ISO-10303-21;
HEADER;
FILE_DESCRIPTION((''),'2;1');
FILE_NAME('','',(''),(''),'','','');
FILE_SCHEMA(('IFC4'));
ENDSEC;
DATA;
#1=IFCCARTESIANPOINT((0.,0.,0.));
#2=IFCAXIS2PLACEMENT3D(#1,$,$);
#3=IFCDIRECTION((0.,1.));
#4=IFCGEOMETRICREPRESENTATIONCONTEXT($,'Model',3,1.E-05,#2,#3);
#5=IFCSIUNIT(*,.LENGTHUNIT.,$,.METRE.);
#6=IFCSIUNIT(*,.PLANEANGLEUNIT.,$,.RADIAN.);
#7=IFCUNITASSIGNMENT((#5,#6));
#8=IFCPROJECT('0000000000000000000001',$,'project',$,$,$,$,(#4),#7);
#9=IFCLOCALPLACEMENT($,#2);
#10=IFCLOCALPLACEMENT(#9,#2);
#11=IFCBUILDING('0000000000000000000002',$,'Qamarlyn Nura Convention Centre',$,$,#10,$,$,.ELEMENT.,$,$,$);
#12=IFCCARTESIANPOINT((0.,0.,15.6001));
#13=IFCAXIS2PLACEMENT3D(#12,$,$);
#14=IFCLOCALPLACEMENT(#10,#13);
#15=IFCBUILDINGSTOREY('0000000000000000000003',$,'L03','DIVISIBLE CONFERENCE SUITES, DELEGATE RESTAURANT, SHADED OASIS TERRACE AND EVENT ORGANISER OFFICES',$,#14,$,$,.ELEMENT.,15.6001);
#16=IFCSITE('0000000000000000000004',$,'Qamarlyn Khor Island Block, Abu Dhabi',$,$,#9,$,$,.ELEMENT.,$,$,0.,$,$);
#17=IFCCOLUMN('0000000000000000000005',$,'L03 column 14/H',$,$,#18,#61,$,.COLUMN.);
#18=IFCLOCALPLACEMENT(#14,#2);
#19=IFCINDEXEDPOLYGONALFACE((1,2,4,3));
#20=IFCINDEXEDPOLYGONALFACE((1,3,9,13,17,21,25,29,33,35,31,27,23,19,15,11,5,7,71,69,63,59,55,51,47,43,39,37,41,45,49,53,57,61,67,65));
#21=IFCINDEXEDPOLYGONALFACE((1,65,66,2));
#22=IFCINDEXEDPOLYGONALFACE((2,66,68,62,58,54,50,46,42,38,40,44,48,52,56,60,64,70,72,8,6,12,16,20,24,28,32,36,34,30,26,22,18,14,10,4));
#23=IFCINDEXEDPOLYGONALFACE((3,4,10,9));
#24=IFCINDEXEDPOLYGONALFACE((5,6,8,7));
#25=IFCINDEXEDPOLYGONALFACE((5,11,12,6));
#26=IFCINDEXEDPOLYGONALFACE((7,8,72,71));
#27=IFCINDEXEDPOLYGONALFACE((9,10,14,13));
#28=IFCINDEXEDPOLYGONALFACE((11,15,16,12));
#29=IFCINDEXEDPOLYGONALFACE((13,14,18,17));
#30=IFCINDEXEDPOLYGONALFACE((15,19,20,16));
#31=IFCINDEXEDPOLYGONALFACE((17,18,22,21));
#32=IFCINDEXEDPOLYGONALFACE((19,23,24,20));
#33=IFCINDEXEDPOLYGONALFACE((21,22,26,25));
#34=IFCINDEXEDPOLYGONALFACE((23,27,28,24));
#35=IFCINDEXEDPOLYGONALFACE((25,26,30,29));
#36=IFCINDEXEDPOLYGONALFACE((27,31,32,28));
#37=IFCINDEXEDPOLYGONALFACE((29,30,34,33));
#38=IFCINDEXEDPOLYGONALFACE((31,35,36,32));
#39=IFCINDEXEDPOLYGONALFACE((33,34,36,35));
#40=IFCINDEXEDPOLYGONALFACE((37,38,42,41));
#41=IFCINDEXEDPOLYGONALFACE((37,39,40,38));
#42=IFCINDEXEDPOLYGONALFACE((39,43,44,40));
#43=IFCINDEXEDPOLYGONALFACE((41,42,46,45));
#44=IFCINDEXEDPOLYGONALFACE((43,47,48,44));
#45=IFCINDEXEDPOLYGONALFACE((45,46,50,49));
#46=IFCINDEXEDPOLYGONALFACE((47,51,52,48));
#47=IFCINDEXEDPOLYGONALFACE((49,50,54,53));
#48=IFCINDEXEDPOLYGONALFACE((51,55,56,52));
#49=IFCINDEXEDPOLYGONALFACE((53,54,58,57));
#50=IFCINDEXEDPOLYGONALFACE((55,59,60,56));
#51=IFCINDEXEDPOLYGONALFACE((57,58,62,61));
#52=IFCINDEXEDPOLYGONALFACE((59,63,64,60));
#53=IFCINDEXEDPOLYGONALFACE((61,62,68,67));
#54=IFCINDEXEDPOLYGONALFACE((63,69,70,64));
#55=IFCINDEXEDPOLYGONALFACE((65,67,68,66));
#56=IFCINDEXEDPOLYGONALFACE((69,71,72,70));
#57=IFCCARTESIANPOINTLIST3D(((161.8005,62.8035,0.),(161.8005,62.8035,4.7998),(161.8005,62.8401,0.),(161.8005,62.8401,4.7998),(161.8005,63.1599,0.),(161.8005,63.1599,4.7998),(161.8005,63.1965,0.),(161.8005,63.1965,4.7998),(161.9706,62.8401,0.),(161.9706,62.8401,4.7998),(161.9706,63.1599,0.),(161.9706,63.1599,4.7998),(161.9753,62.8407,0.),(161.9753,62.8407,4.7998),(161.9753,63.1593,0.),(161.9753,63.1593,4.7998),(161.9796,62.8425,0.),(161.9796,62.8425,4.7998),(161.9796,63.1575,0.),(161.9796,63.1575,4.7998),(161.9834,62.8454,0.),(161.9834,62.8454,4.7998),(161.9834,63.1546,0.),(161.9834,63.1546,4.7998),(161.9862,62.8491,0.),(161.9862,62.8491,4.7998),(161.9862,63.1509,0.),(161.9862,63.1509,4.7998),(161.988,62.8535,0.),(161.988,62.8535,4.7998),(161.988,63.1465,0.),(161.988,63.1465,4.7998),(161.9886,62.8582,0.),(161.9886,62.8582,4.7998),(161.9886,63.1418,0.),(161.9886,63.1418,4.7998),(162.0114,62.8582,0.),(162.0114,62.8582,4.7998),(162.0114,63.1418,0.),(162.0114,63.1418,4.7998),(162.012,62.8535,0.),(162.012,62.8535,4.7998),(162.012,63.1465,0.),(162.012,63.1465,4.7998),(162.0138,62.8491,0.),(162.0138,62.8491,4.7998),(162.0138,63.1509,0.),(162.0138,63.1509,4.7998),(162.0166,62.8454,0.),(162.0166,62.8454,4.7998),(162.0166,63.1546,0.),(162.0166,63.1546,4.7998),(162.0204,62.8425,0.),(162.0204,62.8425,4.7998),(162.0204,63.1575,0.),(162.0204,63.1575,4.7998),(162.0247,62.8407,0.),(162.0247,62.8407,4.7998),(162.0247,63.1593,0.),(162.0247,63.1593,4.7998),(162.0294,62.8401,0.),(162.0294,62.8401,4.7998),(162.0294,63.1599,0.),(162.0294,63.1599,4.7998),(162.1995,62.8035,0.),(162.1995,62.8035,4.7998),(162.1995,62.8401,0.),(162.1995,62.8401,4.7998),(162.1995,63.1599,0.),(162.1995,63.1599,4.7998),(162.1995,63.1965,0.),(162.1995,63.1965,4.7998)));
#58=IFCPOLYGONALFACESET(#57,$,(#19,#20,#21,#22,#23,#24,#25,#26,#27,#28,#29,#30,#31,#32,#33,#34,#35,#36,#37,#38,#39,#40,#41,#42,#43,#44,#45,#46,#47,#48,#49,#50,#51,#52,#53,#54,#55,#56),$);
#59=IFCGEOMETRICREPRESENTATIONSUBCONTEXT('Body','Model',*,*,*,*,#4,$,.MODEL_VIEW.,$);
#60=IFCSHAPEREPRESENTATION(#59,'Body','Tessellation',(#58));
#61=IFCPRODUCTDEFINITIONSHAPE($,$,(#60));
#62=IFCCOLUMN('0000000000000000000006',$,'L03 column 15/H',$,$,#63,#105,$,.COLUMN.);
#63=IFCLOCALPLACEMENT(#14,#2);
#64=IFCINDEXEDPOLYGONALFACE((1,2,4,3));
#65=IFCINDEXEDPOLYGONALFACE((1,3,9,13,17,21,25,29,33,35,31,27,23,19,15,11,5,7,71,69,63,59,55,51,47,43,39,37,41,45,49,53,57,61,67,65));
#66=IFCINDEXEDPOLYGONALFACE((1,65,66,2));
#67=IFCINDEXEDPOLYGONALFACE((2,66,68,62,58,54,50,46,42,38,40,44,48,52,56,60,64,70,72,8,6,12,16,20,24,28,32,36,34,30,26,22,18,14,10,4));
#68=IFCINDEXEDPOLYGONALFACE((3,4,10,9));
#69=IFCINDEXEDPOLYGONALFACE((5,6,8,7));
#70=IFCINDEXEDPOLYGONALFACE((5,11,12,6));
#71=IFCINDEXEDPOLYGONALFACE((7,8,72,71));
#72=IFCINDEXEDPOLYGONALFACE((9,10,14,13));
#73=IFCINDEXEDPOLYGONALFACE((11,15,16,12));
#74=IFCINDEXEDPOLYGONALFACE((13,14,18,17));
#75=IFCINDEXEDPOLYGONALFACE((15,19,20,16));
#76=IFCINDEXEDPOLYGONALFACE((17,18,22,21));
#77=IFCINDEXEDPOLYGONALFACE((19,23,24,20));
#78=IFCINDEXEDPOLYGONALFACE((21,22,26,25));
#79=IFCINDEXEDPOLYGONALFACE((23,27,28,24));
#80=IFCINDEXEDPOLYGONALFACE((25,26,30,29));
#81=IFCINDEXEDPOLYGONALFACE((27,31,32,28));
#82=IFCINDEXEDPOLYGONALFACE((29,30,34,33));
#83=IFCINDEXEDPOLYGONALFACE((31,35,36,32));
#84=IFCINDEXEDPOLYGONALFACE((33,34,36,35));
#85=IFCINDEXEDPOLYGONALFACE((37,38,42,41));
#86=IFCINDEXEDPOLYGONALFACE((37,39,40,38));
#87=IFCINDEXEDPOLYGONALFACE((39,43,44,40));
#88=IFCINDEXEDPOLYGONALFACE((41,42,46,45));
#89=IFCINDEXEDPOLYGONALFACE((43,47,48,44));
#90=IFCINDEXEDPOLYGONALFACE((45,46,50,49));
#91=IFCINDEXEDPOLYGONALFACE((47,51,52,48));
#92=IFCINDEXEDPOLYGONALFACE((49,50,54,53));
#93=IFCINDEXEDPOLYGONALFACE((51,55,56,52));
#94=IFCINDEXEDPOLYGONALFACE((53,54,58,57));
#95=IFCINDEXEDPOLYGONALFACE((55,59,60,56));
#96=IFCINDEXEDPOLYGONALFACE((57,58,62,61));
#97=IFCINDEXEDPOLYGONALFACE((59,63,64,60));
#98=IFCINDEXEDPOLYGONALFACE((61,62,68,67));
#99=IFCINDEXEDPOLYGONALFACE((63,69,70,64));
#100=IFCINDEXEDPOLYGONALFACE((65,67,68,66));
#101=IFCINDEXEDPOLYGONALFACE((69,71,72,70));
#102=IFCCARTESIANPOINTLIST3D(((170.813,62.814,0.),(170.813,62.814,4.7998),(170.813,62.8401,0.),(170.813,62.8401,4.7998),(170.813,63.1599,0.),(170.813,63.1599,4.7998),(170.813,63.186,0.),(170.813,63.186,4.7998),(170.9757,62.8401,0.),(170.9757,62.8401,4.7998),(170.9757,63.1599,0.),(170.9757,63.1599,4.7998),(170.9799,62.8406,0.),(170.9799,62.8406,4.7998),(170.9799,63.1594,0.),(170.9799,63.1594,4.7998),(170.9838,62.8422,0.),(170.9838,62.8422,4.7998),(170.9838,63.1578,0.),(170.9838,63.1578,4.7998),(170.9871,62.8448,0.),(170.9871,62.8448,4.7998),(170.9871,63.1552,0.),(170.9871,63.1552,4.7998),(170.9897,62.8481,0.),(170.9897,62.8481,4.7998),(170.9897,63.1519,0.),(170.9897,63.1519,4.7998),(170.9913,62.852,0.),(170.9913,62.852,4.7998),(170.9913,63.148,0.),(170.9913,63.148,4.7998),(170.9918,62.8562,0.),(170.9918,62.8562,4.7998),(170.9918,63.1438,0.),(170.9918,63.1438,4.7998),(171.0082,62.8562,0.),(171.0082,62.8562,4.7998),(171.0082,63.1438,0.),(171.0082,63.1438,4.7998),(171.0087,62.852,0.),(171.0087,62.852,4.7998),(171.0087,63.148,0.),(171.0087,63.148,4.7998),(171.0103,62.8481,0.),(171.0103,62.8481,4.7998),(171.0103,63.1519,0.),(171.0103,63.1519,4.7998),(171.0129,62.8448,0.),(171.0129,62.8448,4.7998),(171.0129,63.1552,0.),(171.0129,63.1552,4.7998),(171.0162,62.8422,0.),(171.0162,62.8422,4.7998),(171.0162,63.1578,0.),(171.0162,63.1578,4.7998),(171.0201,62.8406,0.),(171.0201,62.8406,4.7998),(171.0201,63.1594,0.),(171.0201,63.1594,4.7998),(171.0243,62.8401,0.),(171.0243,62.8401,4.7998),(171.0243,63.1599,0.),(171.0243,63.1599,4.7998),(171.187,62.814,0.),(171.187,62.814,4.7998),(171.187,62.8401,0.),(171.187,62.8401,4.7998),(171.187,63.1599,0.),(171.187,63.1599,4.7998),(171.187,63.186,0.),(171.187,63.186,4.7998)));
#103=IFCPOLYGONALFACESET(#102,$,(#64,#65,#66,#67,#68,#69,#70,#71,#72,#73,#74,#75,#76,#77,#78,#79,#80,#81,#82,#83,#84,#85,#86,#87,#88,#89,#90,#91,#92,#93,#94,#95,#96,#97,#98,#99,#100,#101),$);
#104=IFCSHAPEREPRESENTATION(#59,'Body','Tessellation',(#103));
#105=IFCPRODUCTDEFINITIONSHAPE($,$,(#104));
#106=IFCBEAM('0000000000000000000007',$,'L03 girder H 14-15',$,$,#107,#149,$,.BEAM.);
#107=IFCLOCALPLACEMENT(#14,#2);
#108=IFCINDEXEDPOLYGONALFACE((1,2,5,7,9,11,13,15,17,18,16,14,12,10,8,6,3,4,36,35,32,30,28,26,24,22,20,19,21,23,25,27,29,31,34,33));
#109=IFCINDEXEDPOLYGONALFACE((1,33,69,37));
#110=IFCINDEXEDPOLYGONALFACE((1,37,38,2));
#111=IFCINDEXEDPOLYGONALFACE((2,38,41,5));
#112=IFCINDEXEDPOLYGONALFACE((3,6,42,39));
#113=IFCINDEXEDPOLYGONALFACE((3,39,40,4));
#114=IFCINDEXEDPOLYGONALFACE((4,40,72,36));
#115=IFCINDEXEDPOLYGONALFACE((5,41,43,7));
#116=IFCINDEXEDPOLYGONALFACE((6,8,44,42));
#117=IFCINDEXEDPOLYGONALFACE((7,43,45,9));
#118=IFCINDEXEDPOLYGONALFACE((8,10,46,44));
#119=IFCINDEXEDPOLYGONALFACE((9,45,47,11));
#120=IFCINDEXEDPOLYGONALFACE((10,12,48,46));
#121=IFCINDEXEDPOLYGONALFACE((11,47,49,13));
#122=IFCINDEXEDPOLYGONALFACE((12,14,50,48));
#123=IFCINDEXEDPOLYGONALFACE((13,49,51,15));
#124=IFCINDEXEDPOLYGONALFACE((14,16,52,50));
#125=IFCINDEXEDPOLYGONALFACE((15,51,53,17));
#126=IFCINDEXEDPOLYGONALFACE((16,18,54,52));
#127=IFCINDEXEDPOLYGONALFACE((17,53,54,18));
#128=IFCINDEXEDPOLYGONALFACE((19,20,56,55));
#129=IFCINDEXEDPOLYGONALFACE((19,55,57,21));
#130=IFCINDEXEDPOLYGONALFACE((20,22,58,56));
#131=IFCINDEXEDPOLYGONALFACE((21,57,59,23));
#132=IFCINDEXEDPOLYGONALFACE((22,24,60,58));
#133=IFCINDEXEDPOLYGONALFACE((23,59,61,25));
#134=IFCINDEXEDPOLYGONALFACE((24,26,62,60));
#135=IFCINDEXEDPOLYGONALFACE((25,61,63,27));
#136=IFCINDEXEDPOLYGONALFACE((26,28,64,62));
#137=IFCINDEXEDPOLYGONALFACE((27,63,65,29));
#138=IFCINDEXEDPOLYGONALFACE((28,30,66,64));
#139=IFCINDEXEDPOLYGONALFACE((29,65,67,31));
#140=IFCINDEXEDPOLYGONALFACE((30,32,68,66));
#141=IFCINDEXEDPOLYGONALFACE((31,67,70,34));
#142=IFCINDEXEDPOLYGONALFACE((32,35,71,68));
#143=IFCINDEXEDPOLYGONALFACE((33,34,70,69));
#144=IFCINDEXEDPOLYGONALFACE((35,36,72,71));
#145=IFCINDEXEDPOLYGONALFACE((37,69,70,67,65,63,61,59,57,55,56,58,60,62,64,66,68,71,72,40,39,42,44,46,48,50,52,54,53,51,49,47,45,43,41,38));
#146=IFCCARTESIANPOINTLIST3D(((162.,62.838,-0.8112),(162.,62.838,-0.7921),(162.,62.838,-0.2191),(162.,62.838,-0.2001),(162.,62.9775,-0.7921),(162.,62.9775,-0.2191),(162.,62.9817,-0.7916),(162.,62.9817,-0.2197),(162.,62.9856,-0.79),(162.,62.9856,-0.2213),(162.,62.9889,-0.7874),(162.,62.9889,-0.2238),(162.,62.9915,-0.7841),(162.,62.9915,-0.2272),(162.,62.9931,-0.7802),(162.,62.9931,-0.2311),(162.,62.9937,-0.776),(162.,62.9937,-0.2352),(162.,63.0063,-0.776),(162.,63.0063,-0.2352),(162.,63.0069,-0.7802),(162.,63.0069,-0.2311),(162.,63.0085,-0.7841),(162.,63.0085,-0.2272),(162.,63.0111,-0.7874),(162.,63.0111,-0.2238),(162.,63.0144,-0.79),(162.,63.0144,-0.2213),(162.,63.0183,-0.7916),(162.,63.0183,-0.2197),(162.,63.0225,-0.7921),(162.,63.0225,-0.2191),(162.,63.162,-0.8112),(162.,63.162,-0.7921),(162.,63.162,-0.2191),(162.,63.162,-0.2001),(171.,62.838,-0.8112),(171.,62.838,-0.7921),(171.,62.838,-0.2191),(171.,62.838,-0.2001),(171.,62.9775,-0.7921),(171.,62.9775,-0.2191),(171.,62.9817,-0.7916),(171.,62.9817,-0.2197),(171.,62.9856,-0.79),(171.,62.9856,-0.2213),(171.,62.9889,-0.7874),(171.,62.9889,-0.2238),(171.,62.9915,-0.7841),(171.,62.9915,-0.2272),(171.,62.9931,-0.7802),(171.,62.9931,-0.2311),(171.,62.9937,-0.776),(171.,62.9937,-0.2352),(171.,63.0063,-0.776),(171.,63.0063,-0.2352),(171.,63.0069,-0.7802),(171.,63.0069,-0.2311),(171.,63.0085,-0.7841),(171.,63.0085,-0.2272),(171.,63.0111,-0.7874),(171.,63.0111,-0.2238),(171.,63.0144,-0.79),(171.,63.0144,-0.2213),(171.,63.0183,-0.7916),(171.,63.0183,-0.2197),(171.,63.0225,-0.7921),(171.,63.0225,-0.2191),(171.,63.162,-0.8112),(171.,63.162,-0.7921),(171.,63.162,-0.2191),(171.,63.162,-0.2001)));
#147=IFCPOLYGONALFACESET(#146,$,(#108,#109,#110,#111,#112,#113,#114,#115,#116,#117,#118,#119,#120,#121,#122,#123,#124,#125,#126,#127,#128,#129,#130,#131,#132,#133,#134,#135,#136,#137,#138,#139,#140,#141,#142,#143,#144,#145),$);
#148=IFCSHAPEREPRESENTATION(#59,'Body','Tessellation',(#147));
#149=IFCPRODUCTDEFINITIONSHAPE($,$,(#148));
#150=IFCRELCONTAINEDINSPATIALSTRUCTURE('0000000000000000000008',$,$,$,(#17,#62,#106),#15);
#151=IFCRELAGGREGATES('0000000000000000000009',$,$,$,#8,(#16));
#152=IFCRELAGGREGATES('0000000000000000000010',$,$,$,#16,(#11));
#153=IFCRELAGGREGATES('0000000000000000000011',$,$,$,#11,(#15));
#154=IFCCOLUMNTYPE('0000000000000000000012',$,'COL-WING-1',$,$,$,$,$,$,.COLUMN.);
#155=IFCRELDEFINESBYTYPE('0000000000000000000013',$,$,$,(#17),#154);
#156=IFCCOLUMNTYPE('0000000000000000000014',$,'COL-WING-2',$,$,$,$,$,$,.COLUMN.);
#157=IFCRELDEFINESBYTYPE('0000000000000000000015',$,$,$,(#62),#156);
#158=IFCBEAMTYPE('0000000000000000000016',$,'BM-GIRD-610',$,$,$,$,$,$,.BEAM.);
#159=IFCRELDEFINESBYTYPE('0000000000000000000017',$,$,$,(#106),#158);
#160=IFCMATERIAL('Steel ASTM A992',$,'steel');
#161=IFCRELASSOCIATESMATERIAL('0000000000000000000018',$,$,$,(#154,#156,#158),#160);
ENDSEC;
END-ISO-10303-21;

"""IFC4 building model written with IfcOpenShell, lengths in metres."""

from ifc_helpers import new_model, si_unit, direction, frame, origin, origin_2d, place, context, subcontext, project, spatial, i_section, extrude, material, material_profile, profile_set, type_object, element, save


model = new_model("IFC4")

# Units and contexts
model_context = context("Model", 3, precision=1e-05, world=origin(), true_north=direction((0.0, 1.0)))
body_context = subcontext(model_context, "Body", "Model", "MODEL_VIEW")
ifc_project = project(units=[si_unit("LENGTHUNIT", "METRE"), si_unit("PLANEANGLEUNIT", "RADIAN")], contexts=[model_context])

# Site, building, storey
site_placement = place(None, origin())
site = spatial("IfcSite", under=ifc_project, at=site_placement, Name="Qamarlyn Khor Island Block, Abu Dhabi", CompositionType="ELEMENT", RefElevation=0.0)
building_placement = place(site_placement, origin())
building = spatial("IfcBuilding", under=site, at=building_placement, Name="Qamarlyn Nura Convention Centre", CompositionType="ELEMENT")
storey_placement = place(building_placement, frame((0.0, 0.0, 15.6001)))
storey = spatial("IfcBuildingStorey", under=building, at=storey_placement, Name="L03", Description="DIVISIBLE CONFERENCE SUITES, DELEGATE RESTAURANT, SHADED OASIS TERRACE AND EVENT ORGANISER OFFICES", CompositionType="ELEMENT", Elevation=15.6001)

# Columns
ifc_material_1 = material(Name="Steel ASTM A992", Category="steel")
ifc_material_profile_1 = material_profile(ifc_material_1, i_section(OverallWidth=0.3989, OverallDepth=0.3931, WebThickness=0.0227, FlangeThickness=0.0366, FilletRadius=0.0181, at=origin_2d()), Name="W360X287")
ifc_profile_set_1 = profile_set([ifc_material_profile_1], Name="Steel ASTM A992")
column_type_1 = type_object("IfcColumnType", Name="COL-WING-1", PredefinedType="COLUMN", material=ifc_profile_set_1)
column_1_placement = place(storey_placement, frame((162.0, 63.0, 0.0), z_axis=(0.0, 0.0, 1.0), x_axis=(1.0, 0.0, 0.0)))
element("IfcColumn", 1, at=column_1_placement, inside=storey, type_object=column_type_1, Name="L03 column 14/H", PredefinedType="COLUMN", context=body_context, shape_type="SweptSolid", body=[
    extrude(i_section(OverallWidth=0.3989, OverallDepth=0.3931, WebThickness=0.0227, FlangeThickness=0.0366, FilletRadius=0.0181, at=origin_2d()), origin(), (0.0, 0.0, 1.0), 4.7998),
])
ifc_material_profile_2 = material_profile(ifc_material_1, i_section(OverallWidth=0.374, OverallDepth=0.3721, WebThickness=0.0164, FlangeThickness=0.0261, FilletRadius=0.0161, at=origin_2d()), Name="W360X196")
ifc_profile_set_2 = profile_set([ifc_material_profile_2], Name="Steel ASTM A992")
column_type_2 = type_object("IfcColumnType", Name="COL-WING-2", PredefinedType="COLUMN", material=ifc_profile_set_2)
column_2_placement = place(storey_placement, frame((171.0, 63.0, 0.0), z_axis=(0.0, 0.0, 1.0), x_axis=(1.0, 0.0, 0.0)))
element("IfcColumn", 2, at=column_2_placement, inside=storey, type_object=column_type_2, Name="L03 column 15/H", PredefinedType="COLUMN", context=body_context, shape_type="SweptSolid", body=[
    extrude(i_section(OverallWidth=0.374, OverallDepth=0.3721, WebThickness=0.0164, FlangeThickness=0.0261, FilletRadius=0.0161, at=origin_2d()), origin(), (0.0, 0.0, 1.0), 4.7998),
])

# Beam
ifc_material_profile_3 = material_profile(ifc_material_1, i_section(OverallWidth=0.324, OverallDepth=0.6111, WebThickness=0.0127, FlangeThickness=0.019, FilletRadius=0.0161, at=origin_2d()), Name="W610X155")
ifc_profile_set_3 = profile_set([ifc_material_profile_3], Name="Steel ASTM A992")
beam_type_1 = type_object("IfcBeamType", Name="BM-GIRD-610", PredefinedType="BEAM", material=ifc_profile_set_3)
beam_placement = place(storey_placement, frame((162.0, 63.0, -0.5056), z_axis=(1.0, 0.0, 0.0), x_axis=(0.0, 1.0, 0.0)))
element("IfcBeam", 3, at=beam_placement, inside=storey, type_object=beam_type_1, Name="L03 girder H 14-15", PredefinedType="BEAM", context=body_context, shape_type="SweptSolid", body=[
    extrude(i_section(OverallWidth=0.324, OverallDepth=0.6111, WebThickness=0.0127, FlangeThickness=0.019, FilletRadius=0.0161, at=origin_2d()), origin(), (0.0, 0.0, 1.0), 9.0),
])

save(model, "model.ifc")
